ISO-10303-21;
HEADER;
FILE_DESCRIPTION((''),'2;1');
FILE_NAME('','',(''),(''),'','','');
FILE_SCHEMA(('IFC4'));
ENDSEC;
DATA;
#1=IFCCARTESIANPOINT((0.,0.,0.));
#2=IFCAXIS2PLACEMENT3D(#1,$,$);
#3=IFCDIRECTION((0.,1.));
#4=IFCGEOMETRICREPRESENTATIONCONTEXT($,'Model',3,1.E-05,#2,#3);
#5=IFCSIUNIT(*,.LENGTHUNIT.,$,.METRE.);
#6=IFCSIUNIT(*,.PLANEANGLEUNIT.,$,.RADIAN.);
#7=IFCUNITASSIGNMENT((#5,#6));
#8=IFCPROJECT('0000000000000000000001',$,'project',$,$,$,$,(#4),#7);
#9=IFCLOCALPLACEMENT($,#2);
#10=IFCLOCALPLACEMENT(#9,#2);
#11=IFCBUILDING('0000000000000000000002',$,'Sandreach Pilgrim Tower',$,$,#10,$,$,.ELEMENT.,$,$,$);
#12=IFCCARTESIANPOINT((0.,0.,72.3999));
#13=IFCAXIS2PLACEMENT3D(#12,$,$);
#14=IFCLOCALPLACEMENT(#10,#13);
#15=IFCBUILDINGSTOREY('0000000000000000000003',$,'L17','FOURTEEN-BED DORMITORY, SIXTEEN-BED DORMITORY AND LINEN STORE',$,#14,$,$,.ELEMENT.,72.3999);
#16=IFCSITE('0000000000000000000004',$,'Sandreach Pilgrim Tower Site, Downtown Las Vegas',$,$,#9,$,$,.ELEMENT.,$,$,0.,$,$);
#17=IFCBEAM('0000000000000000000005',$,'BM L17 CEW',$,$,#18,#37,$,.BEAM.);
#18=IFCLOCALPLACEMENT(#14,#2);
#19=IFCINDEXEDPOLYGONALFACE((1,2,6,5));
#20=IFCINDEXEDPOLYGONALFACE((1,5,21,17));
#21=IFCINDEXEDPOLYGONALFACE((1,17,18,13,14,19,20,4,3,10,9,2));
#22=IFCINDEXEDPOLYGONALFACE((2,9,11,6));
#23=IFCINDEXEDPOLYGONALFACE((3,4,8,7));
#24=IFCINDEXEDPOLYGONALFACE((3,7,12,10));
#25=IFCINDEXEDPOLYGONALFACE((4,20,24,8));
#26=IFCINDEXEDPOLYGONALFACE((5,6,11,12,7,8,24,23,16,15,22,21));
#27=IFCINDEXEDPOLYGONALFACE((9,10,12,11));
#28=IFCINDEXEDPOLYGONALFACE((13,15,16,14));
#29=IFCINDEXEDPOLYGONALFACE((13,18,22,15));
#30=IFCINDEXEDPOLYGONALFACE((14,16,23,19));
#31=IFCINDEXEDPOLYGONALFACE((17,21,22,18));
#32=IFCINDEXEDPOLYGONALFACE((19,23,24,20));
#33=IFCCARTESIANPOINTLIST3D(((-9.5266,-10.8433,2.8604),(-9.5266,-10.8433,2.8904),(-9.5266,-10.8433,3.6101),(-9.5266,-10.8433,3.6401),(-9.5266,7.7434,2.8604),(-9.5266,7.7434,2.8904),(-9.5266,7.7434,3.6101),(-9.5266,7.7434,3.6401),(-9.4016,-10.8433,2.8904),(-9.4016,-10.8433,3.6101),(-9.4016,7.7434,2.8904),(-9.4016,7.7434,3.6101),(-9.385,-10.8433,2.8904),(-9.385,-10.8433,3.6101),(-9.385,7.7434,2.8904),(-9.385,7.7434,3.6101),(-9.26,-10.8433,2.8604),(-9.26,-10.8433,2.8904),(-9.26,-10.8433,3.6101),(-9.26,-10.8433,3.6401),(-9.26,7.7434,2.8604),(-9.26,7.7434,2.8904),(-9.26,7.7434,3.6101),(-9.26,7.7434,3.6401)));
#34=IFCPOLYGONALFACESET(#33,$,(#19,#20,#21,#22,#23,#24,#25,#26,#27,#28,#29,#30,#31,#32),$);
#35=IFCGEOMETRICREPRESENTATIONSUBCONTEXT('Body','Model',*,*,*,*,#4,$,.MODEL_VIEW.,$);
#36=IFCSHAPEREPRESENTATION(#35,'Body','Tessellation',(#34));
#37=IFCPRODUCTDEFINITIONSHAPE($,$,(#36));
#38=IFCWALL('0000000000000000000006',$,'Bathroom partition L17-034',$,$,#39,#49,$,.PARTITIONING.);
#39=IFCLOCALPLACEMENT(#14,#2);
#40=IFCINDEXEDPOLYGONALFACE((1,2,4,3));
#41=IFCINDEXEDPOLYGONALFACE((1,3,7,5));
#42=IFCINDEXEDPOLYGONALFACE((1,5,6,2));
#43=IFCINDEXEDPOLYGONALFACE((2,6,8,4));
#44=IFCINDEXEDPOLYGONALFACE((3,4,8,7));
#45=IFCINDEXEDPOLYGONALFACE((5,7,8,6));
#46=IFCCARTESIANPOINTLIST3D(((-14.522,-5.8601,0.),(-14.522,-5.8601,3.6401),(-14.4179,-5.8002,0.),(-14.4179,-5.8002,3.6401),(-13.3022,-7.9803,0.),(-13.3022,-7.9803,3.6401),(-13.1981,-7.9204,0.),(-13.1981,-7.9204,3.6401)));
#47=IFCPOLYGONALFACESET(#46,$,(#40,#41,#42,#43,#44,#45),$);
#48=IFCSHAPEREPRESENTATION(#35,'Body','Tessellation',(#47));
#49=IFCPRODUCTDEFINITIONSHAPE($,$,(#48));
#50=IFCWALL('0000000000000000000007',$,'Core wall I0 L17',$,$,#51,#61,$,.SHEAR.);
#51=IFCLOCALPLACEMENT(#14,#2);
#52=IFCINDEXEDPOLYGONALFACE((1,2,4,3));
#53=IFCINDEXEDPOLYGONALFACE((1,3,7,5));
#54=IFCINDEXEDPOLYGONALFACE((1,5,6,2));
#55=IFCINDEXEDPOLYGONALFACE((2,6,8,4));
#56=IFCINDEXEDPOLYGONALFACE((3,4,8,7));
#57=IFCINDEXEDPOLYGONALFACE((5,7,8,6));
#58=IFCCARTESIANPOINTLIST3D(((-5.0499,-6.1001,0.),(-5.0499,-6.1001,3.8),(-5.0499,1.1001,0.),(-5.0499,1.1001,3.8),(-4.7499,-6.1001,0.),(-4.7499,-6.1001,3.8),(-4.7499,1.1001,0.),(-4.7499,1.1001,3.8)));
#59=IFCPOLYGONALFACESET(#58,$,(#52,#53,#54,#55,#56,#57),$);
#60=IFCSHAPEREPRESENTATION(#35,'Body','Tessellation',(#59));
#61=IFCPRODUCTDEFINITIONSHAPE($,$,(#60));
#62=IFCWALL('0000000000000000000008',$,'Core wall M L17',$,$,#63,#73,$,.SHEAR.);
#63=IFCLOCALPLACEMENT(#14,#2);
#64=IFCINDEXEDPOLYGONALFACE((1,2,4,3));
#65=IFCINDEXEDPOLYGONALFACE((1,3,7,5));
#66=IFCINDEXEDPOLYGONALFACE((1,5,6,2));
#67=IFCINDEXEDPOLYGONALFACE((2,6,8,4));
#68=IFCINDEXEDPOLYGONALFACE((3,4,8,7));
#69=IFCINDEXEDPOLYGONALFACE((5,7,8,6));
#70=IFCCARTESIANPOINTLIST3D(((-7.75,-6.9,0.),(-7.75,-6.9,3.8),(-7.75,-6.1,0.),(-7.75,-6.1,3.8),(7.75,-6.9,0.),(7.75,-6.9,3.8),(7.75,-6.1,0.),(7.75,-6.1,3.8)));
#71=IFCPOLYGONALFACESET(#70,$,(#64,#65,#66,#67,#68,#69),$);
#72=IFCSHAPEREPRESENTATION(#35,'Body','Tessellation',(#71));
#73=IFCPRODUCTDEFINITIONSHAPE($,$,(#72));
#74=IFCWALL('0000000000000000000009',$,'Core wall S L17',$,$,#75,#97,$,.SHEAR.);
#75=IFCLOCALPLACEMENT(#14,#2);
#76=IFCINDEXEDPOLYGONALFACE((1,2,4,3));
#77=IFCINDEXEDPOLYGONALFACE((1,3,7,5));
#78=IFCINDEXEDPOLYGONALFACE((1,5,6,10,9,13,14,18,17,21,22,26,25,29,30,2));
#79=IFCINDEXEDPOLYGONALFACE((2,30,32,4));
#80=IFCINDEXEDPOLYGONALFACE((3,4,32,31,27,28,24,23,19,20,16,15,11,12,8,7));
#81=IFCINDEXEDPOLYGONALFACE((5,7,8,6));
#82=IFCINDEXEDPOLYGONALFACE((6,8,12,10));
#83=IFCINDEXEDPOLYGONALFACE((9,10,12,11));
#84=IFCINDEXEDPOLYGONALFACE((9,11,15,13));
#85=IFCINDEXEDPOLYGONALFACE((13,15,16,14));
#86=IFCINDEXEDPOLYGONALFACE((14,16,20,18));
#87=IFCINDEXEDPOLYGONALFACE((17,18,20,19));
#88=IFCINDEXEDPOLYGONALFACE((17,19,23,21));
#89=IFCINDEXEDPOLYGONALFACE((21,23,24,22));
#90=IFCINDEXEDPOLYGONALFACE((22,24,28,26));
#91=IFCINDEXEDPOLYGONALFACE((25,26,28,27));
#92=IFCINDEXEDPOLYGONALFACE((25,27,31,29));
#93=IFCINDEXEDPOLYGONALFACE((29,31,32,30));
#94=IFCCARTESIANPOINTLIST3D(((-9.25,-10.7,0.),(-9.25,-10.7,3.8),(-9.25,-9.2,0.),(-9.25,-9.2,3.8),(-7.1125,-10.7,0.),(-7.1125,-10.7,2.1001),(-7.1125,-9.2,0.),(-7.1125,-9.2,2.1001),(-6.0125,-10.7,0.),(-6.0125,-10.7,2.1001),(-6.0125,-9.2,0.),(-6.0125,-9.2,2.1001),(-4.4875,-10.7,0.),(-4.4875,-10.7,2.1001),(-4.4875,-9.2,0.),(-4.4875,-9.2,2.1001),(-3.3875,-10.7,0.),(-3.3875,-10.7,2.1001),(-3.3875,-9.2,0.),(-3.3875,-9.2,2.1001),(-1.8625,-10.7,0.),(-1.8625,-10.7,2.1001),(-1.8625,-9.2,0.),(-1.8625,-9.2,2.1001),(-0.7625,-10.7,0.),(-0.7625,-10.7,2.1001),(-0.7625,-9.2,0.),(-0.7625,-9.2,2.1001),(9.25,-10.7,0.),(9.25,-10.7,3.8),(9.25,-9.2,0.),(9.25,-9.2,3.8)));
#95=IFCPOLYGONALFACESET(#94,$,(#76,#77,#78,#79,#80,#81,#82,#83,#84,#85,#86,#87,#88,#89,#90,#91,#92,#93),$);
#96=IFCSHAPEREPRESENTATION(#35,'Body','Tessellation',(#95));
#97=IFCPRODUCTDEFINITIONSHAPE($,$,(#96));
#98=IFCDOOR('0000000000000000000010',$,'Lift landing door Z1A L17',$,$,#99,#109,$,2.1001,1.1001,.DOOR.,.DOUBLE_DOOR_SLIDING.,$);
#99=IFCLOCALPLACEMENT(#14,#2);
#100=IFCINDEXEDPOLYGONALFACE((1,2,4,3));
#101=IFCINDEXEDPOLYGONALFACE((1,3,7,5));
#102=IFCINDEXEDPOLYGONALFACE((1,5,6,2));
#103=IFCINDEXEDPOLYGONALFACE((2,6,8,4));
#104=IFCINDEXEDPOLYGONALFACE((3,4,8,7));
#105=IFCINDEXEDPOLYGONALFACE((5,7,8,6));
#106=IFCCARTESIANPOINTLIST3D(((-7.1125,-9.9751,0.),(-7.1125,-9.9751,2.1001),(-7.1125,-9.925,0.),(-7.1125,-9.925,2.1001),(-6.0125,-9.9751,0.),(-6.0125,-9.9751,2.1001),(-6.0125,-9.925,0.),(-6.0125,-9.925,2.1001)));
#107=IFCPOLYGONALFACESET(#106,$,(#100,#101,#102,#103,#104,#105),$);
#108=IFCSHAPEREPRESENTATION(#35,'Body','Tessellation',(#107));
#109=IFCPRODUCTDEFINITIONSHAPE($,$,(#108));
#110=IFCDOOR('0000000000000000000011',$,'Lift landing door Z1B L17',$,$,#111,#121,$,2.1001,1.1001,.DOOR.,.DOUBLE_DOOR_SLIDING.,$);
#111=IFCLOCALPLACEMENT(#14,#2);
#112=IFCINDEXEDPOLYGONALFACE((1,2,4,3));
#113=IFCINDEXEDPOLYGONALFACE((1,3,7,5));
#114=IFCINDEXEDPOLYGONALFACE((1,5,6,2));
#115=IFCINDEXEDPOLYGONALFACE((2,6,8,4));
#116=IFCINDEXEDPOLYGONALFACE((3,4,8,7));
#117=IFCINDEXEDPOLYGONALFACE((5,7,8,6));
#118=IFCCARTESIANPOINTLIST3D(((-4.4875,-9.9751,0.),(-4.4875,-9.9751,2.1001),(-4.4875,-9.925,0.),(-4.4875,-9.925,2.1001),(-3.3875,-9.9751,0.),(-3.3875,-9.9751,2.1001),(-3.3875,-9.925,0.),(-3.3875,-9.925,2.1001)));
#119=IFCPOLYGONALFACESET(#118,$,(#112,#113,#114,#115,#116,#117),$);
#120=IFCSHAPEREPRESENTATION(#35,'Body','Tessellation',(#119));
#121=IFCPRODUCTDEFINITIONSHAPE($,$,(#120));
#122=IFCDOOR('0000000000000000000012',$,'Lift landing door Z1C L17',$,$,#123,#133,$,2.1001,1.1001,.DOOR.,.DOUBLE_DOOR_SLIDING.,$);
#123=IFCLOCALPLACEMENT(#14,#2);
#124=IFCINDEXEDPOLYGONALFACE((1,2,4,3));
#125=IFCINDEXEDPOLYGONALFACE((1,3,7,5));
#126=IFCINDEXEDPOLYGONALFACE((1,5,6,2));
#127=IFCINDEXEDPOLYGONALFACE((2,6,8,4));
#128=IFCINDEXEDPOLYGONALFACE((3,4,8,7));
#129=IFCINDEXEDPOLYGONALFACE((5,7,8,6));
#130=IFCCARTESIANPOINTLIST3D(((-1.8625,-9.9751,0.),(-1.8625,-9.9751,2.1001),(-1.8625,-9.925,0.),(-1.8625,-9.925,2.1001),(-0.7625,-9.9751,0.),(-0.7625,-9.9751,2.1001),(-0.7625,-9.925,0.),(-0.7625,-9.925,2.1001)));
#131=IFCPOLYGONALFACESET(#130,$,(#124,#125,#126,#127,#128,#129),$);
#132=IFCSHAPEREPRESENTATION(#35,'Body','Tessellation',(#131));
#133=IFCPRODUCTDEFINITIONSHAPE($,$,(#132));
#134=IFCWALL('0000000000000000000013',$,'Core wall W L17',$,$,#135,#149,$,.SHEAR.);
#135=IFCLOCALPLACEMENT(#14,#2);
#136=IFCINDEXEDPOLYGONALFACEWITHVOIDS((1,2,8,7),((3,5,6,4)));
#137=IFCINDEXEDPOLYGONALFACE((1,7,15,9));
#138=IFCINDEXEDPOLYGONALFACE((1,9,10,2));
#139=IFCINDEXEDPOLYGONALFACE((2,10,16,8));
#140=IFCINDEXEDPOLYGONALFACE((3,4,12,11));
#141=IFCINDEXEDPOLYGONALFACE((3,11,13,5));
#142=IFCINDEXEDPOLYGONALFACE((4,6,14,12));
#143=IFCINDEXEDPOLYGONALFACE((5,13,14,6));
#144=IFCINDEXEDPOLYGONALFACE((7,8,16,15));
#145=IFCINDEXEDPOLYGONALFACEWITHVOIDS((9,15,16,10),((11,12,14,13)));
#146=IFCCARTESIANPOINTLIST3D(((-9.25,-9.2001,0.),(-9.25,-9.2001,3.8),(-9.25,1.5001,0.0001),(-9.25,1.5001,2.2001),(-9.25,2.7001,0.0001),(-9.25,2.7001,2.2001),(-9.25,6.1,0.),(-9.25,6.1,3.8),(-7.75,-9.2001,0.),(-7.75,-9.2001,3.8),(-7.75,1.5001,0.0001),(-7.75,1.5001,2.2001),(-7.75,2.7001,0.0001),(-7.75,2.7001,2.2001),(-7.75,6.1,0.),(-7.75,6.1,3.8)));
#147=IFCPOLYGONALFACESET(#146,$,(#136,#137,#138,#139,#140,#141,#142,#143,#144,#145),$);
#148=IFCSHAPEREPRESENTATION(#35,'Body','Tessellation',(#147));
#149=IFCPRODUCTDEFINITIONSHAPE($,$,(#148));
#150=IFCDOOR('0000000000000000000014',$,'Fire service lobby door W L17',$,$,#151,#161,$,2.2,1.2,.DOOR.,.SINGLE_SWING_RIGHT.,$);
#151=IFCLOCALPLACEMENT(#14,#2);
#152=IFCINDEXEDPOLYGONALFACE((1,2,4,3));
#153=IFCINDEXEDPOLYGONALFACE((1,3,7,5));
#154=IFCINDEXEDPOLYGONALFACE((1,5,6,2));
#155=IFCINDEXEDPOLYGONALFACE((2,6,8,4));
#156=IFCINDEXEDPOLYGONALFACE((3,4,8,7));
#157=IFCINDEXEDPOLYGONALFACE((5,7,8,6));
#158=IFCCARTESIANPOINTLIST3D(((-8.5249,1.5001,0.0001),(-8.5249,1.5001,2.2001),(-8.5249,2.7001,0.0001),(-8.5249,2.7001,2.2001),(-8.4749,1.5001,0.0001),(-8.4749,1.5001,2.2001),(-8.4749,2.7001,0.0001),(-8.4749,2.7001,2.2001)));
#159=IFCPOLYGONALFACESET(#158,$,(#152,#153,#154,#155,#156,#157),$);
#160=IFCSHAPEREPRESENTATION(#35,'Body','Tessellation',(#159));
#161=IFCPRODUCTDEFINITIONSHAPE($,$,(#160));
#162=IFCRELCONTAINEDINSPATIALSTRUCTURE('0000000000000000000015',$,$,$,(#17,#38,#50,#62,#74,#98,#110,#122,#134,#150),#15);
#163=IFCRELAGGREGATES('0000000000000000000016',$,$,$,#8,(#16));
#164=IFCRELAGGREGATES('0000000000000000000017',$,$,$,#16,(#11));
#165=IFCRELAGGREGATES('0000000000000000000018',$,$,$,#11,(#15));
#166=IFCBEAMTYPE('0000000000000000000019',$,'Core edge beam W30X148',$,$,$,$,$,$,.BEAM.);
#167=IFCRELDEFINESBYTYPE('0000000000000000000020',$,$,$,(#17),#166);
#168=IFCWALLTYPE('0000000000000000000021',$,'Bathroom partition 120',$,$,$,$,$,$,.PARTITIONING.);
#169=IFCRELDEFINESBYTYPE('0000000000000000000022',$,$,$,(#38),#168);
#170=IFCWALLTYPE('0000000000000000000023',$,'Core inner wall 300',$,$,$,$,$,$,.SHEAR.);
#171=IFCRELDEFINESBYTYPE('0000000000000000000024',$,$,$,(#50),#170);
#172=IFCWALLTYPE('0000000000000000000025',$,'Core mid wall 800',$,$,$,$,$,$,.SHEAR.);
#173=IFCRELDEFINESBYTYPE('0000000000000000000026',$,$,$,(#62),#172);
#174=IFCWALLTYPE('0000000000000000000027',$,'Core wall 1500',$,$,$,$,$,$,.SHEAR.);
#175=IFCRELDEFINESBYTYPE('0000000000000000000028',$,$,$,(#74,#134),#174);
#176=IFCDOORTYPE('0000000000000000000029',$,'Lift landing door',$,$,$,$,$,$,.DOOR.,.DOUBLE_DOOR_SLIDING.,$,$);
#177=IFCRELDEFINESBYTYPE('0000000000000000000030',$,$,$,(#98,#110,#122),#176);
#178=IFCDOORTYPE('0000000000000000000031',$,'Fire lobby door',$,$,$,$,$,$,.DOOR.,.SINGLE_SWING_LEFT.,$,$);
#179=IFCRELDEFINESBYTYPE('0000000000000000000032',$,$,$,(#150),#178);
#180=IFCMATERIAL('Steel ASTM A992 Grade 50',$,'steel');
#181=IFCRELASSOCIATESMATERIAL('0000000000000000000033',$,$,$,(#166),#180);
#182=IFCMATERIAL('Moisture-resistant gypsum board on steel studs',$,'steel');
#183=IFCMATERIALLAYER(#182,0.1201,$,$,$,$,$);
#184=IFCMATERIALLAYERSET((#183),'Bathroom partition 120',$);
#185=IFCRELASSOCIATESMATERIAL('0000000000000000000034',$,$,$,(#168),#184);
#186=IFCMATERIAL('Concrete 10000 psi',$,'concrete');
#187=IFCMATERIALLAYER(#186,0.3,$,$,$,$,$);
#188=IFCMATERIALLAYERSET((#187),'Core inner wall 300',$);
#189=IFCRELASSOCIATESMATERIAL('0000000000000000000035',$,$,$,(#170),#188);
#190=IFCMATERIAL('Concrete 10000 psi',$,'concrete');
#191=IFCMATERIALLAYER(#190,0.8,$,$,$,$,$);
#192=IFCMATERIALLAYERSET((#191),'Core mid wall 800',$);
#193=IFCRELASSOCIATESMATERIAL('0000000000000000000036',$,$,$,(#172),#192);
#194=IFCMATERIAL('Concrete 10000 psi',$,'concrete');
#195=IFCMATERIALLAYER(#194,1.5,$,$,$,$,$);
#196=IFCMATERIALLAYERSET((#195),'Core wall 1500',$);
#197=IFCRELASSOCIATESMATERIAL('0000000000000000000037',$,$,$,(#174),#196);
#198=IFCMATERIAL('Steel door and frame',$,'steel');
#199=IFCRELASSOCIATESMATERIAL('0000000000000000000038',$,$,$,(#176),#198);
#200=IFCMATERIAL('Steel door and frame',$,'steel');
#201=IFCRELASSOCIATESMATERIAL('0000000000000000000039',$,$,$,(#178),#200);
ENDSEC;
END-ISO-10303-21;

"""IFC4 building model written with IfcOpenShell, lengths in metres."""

from ifc_helpers import new_model, si_unit, direction, frame, frame_2d, origin, origin_2d, place, context, subcontext, project, spatial, rectangle, i_section, extrude, material, layer, layer_set, material_profile, profile_set, type_object, element, fill, save


model = new_model("IFC4")

# Units and contexts
model_context = context("Model", 3, precision=1e-05, world=origin(), true_north=direction((0.0, 1.0)))
body_context = subcontext(model_context, "Body", "Model", "MODEL_VIEW")
ifc_project = project(units=[si_unit("LENGTHUNIT", "METRE"), si_unit("PLANEANGLEUNIT", "RADIAN")], contexts=[model_context])

# Site, building, storey
site_placement = place(None, origin())
site = spatial("IfcSite", under=ifc_project, at=site_placement, Name="Sandreach Pilgrim Tower Site, Downtown Las Vegas", CompositionType="ELEMENT", RefElevation=0.0)
building_placement = place(site_placement, origin())
building = spatial("IfcBuilding", under=site, at=building_placement, Name="Sandreach Pilgrim Tower", CompositionType="ELEMENT")
storey_placement = place(building_placement, frame((0.0, 0.0, 72.3999)))
storey = spatial("IfcBuildingStorey", under=building, at=storey_placement, Name="L17", Description="FOURTEEN-BED DORMITORY, SIXTEEN-BED DORMITORY AND LINEN STORE", CompositionType="ELEMENT", Elevation=72.3999)

# Beam
ifc_material_1 = material(Name="Steel ASTM A992 Grade 50", Category="steel")
ifc_material_profile = material_profile(ifc_material_1, i_section(OverallWidth=0.2666, OverallDepth=0.7798, WebThickness=0.0166, FlangeThickness=0.03, at=origin_2d()), Name="W30X148")
ifc_profile_set = profile_set([ifc_material_profile], Name="Steel ASTM A992 Grade 50")
beam_type = type_object("IfcBeamType", Name="Core edge beam W30X148", PredefinedType="BEAM", material=ifc_profile_set)
beam_placement = place(storey_placement, frame((-9.3933, -10.8433, 3.2502), z_axis=(0.0, 1.0, 0.0), x_axis=(-1.0, 0.0, 0.0)))
element("IfcBeam", 1, at=beam_placement, inside=storey, type_object=beam_type, Name="BM L17 CEW", PredefinedType="BEAM", context=body_context, shape_type="SweptSolid", body=[
    extrude(i_section(OverallWidth=0.2666, OverallDepth=0.7798, WebThickness=0.0166, FlangeThickness=0.03, at=origin_2d()), origin(), (0.0, 0.0, 1.0), 18.5867),
])

# Walls
ifc_material_2 = material(Name="Moisture-resistant gypsum board on steel studs", Category="steel")
ifc_layer_1 = layer(ifc_material_2, 0.1201)
ifc_layer_set_1 = layer_set([ifc_layer_1], Name="Bathroom partition 120")
wall_type_1 = type_object("IfcWallType", Name="Bathroom partition 120", PredefinedType="PARTITIONING", material=ifc_layer_set_1)
wall_1_placement = place(storey_placement, frame((-14.47, -5.8301, 0.0), z_axis=(0.0, 0.0, 1.0), x_axis=(0.498674, -0.86679, 0.0)))
element("IfcWall", 2, at=wall_1_placement, inside=storey, type_object=wall_type_1, Name="Bathroom partition L17-034", PredefinedType="PARTITIONING", context=body_context, shape_type="SweptSolid", body=[
    extrude(rectangle(XDim=2.446, YDim=0.1201, at=frame_2d((1.2231, 0.0))), origin(), (0.0, 0.0, 1.0), 3.6401),
])
ifc_material_3 = material(Name="Concrete 10000 psi", Category="concrete")
ifc_layer_2 = layer(ifc_material_3, 0.3)
ifc_layer_set_2 = layer_set([ifc_layer_2], Name="Core inner wall 300")
wall_type_2 = type_object("IfcWallType", Name="Core inner wall 300", PredefinedType="SHEAR", material=ifc_layer_set_2)
wall_2_placement = place(storey_placement, frame((-4.8999, -6.1001, 0.0), z_axis=(0.0, 0.0, 1.0), x_axis=(0.0, 1.0, 0.0)))
element("IfcWall", 3, at=wall_2_placement, inside=storey, type_object=wall_type_2, Name="Core wall I0 L17", PredefinedType="SHEAR", context=body_context, shape_type="SweptSolid", body=[
    extrude(rectangle(XDim=7.2002, YDim=0.3, at=frame_2d((3.6001, 0.0))), origin(), (0.0, 0.0, 1.0), 3.8),
])

# Wall
ifc_material_4 = material(Name="Concrete 10000 psi", Category="concrete")
ifc_layer_3 = layer(ifc_material_4, 0.8)
ifc_layer_set_3 = layer_set([ifc_layer_3], Name="Core mid wall 800")
wall_type_3 = type_object("IfcWallType", Name="Core mid wall 800", PredefinedType="SHEAR", material=ifc_layer_set_3)
wall_3_placement = place(storey_placement, frame((-7.75, -6.5, 0.0), z_axis=(0.0, 0.0, 1.0), x_axis=(1.0, 0.0, 0.0)))
element("IfcWall", 4, at=wall_3_placement, inside=storey, type_object=wall_type_3, Name="Core wall M L17", PredefinedType="SHEAR", context=body_context, shape_type="SweptSolid", body=[
    extrude(rectangle(XDim=15.5, YDim=0.8, at=frame_2d((7.75, 0.0))), origin(), (0.0, 0.0, 1.0), 3.8),
])

# Wall, openings, doors
ifc_material_5 = material(Name="Concrete 10000 psi", Category="concrete")
ifc_layer_4 = layer(ifc_material_5, 1.5)
ifc_layer_set_4 = layer_set([ifc_layer_4], Name="Core wall 1500")
wall_type_4 = type_object("IfcWallType", Name="Core wall 1500", PredefinedType="SHEAR", material=ifc_layer_set_4)
wall_4_placement = place(storey_placement, frame((-9.25, -9.95, 0.0), z_axis=(0.0, 0.0, 1.0), x_axis=(1.0, 0.0, 0.0)))
wall_4 = element("IfcWall", 5, at=wall_4_placement, inside=storey, type_object=wall_type_4, Name="Core wall S L17", PredefinedType="SHEAR", context=body_context, shape_type="SweptSolid", body=[
    extrude(rectangle(XDim=18.5, YDim=1.5, at=frame_2d((9.25, 0.0))), origin(), (0.0, 0.0, 1.0), 3.8),
])
opening_1_placement = place(wall_4_placement, frame((2.1375, 0.0, 0.0)))
opening_1 = element("IfcOpeningElement", 6, at=opening_1_placement, cuts=wall_4, PredefinedType="OPENING", context=body_context, shape_type="SweptSolid", body=[
    extrude(rectangle(XDim=1.1001, YDim=2.1001, at=frame_2d((0.55, 1.05))), frame((0.0, 0.75, 0.0), z_axis=(0.0, -1.0, 0.0), x_axis=(1.0, 0.0, 0.0)), (0.0, 0.0, 1.0), 1.5),
])
opening_2_placement = place(wall_4_placement, frame((4.7625, 0.0, 0.0)))
opening_2 = element("IfcOpeningElement", 7, at=opening_2_placement, cuts=wall_4, PredefinedType="OPENING", context=body_context, shape_type="SweptSolid", body=[
    extrude(rectangle(XDim=1.1001, YDim=2.1001, at=frame_2d((0.55, 1.05))), frame((0.0, 0.75, 0.0), z_axis=(0.0, -1.0, 0.0), x_axis=(1.0, 0.0, 0.0)), (0.0, 0.0, 1.0), 1.5),
])
opening_3_placement = place(wall_4_placement, frame((7.3875, 0.0, 0.0)))
opening_3 = element("IfcOpeningElement", 8, at=opening_3_placement, cuts=wall_4, PredefinedType="OPENING", context=body_context, shape_type="SweptSolid", body=[
    extrude(rectangle(XDim=1.1001, YDim=2.1001, at=frame_2d((0.55, 1.05))), frame((0.0, 0.75, 0.0), z_axis=(0.0, -1.0, 0.0), x_axis=(1.0, 0.0, 0.0)), (0.0, 0.0, 1.0), 1.5),
])
ifc_material_6 = material(Name="Steel door and frame", Category="steel")
door_type_1 = type_object("IfcDoorType", Name="Lift landing door", OperationType="DOUBLE_DOOR_SLIDING", PredefinedType="DOOR", material=ifc_material_6)
door_1_placement = place(opening_1_placement, origin())
door_1 = element("IfcDoor", 9, at=door_1_placement, inside=storey, type_object=door_type_1, Name="Lift landing door Z1A L17", OperationType="DOUBLE_DOOR_SLIDING", OverallHeight=2.1001, OverallWidth=1.1001, PredefinedType="DOOR", context=body_context, shape_type="SweptSolid", body=[
    extrude(rectangle(XDim=1.1001, YDim=2.1001, at=frame_2d((0.55, 1.05))), frame((0.0, 0.0249, 0.0), z_axis=(0.0, -1.0, 0.0), x_axis=(1.0, 0.0, 0.0)), (0.0, 0.0, 1.0), 0.05),
])
fill(opening_1, door_1)
door_2_placement = place(opening_2_placement, origin())
door_2 = element("IfcDoor", 10, at=door_2_placement, inside=storey, type_object=door_type_1, Name="Lift landing door Z1B L17", OperationType="DOUBLE_DOOR_SLIDING", OverallHeight=2.1001, OverallWidth=1.1001, PredefinedType="DOOR", context=body_context, shape_type="SweptSolid", body=[
    extrude(rectangle(XDim=1.1001, YDim=2.1001, at=frame_2d((0.55, 1.05))), frame((0.0, 0.0249, 0.0), z_axis=(0.0, -1.0, 0.0), x_axis=(1.0, 0.0, 0.0)), (0.0, 0.0, 1.0), 0.05),
])
fill(opening_2, door_2)
door_3_placement = place(opening_3_placement, origin())
door_3 = element("IfcDoor", 11, at=door_3_placement, inside=storey, type_object=door_type_1, Name="Lift landing door Z1C L17", OperationType="DOUBLE_DOOR_SLIDING", OverallHeight=2.1001, OverallWidth=1.1001, PredefinedType="DOOR", context=body_context, shape_type="SweptSolid", body=[
    extrude(rectangle(XDim=1.1001, YDim=2.1001, at=frame_2d((0.55, 1.05))), frame((0.0, 0.0249, 0.0), z_axis=(0.0, -1.0, 0.0), x_axis=(1.0, 0.0, 0.0)), (0.0, 0.0, 1.0), 0.05),
])
fill(opening_3, door_3)

# Wall, opening, door
wall_5_placement = place(storey_placement, frame((-8.5, -9.2, 0.0), z_axis=(0.0, 0.0, 1.0), x_axis=(0.0, 1.0, 0.0)))
wall_5 = element("IfcWall", 12, at=wall_5_placement, inside=storey, type_object=wall_type_4, Name="Core wall W L17", PredefinedType="SHEAR", context=body_context, shape_type="SweptSolid", body=[
    extrude(rectangle(XDim=15.3, YDim=1.5, at=frame_2d((7.6499, 0.0))), origin(), (0.0, 0.0, 1.0), 3.8),
])
opening_4_placement = place(wall_5_placement, frame((10.7, 0.0, 0.0)))
opening_4 = element("IfcOpeningElement", 13, at=opening_4_placement, cuts=wall_5, PredefinedType="OPENING", context=body_context, shape_type="SweptSolid", body=[
    extrude(rectangle(XDim=1.2, YDim=2.2, at=frame_2d((0.6001, 1.1001))), frame((0.0, 0.75, 0.0), z_axis=(0.0, -1.0, 0.0), x_axis=(1.0, 0.0, 0.0)), (0.0, 0.0, 1.0), 1.5),
])
ifc_material_7 = material(Name="Steel door and frame", Category="steel")
door_type_2 = type_object("IfcDoorType", Name="Fire lobby door", OperationType="SINGLE_SWING_LEFT", PredefinedType="DOOR", material=ifc_material_7)
door_4_placement = place(opening_4_placement, origin())
door_4 = element("IfcDoor", 14, at=door_4_placement, inside=storey, type_object=door_type_2, Name="Fire service lobby door W L17", OperationType="SINGLE_SWING_RIGHT", OverallHeight=2.2, OverallWidth=1.2, PredefinedType="DOOR", context=body_context, shape_type="SweptSolid", body=[
    extrude(rectangle(XDim=1.2, YDim=2.2, at=frame_2d((0.6001, 1.1001))), frame((0.0, 0.0249, 0.0), z_axis=(0.0, -1.0, 0.0), x_axis=(1.0, 0.0, 0.0)), (0.0, 0.0, 1.0), 0.05),
])
fill(opening_4, door_4)

save(model, "model.ifc")
